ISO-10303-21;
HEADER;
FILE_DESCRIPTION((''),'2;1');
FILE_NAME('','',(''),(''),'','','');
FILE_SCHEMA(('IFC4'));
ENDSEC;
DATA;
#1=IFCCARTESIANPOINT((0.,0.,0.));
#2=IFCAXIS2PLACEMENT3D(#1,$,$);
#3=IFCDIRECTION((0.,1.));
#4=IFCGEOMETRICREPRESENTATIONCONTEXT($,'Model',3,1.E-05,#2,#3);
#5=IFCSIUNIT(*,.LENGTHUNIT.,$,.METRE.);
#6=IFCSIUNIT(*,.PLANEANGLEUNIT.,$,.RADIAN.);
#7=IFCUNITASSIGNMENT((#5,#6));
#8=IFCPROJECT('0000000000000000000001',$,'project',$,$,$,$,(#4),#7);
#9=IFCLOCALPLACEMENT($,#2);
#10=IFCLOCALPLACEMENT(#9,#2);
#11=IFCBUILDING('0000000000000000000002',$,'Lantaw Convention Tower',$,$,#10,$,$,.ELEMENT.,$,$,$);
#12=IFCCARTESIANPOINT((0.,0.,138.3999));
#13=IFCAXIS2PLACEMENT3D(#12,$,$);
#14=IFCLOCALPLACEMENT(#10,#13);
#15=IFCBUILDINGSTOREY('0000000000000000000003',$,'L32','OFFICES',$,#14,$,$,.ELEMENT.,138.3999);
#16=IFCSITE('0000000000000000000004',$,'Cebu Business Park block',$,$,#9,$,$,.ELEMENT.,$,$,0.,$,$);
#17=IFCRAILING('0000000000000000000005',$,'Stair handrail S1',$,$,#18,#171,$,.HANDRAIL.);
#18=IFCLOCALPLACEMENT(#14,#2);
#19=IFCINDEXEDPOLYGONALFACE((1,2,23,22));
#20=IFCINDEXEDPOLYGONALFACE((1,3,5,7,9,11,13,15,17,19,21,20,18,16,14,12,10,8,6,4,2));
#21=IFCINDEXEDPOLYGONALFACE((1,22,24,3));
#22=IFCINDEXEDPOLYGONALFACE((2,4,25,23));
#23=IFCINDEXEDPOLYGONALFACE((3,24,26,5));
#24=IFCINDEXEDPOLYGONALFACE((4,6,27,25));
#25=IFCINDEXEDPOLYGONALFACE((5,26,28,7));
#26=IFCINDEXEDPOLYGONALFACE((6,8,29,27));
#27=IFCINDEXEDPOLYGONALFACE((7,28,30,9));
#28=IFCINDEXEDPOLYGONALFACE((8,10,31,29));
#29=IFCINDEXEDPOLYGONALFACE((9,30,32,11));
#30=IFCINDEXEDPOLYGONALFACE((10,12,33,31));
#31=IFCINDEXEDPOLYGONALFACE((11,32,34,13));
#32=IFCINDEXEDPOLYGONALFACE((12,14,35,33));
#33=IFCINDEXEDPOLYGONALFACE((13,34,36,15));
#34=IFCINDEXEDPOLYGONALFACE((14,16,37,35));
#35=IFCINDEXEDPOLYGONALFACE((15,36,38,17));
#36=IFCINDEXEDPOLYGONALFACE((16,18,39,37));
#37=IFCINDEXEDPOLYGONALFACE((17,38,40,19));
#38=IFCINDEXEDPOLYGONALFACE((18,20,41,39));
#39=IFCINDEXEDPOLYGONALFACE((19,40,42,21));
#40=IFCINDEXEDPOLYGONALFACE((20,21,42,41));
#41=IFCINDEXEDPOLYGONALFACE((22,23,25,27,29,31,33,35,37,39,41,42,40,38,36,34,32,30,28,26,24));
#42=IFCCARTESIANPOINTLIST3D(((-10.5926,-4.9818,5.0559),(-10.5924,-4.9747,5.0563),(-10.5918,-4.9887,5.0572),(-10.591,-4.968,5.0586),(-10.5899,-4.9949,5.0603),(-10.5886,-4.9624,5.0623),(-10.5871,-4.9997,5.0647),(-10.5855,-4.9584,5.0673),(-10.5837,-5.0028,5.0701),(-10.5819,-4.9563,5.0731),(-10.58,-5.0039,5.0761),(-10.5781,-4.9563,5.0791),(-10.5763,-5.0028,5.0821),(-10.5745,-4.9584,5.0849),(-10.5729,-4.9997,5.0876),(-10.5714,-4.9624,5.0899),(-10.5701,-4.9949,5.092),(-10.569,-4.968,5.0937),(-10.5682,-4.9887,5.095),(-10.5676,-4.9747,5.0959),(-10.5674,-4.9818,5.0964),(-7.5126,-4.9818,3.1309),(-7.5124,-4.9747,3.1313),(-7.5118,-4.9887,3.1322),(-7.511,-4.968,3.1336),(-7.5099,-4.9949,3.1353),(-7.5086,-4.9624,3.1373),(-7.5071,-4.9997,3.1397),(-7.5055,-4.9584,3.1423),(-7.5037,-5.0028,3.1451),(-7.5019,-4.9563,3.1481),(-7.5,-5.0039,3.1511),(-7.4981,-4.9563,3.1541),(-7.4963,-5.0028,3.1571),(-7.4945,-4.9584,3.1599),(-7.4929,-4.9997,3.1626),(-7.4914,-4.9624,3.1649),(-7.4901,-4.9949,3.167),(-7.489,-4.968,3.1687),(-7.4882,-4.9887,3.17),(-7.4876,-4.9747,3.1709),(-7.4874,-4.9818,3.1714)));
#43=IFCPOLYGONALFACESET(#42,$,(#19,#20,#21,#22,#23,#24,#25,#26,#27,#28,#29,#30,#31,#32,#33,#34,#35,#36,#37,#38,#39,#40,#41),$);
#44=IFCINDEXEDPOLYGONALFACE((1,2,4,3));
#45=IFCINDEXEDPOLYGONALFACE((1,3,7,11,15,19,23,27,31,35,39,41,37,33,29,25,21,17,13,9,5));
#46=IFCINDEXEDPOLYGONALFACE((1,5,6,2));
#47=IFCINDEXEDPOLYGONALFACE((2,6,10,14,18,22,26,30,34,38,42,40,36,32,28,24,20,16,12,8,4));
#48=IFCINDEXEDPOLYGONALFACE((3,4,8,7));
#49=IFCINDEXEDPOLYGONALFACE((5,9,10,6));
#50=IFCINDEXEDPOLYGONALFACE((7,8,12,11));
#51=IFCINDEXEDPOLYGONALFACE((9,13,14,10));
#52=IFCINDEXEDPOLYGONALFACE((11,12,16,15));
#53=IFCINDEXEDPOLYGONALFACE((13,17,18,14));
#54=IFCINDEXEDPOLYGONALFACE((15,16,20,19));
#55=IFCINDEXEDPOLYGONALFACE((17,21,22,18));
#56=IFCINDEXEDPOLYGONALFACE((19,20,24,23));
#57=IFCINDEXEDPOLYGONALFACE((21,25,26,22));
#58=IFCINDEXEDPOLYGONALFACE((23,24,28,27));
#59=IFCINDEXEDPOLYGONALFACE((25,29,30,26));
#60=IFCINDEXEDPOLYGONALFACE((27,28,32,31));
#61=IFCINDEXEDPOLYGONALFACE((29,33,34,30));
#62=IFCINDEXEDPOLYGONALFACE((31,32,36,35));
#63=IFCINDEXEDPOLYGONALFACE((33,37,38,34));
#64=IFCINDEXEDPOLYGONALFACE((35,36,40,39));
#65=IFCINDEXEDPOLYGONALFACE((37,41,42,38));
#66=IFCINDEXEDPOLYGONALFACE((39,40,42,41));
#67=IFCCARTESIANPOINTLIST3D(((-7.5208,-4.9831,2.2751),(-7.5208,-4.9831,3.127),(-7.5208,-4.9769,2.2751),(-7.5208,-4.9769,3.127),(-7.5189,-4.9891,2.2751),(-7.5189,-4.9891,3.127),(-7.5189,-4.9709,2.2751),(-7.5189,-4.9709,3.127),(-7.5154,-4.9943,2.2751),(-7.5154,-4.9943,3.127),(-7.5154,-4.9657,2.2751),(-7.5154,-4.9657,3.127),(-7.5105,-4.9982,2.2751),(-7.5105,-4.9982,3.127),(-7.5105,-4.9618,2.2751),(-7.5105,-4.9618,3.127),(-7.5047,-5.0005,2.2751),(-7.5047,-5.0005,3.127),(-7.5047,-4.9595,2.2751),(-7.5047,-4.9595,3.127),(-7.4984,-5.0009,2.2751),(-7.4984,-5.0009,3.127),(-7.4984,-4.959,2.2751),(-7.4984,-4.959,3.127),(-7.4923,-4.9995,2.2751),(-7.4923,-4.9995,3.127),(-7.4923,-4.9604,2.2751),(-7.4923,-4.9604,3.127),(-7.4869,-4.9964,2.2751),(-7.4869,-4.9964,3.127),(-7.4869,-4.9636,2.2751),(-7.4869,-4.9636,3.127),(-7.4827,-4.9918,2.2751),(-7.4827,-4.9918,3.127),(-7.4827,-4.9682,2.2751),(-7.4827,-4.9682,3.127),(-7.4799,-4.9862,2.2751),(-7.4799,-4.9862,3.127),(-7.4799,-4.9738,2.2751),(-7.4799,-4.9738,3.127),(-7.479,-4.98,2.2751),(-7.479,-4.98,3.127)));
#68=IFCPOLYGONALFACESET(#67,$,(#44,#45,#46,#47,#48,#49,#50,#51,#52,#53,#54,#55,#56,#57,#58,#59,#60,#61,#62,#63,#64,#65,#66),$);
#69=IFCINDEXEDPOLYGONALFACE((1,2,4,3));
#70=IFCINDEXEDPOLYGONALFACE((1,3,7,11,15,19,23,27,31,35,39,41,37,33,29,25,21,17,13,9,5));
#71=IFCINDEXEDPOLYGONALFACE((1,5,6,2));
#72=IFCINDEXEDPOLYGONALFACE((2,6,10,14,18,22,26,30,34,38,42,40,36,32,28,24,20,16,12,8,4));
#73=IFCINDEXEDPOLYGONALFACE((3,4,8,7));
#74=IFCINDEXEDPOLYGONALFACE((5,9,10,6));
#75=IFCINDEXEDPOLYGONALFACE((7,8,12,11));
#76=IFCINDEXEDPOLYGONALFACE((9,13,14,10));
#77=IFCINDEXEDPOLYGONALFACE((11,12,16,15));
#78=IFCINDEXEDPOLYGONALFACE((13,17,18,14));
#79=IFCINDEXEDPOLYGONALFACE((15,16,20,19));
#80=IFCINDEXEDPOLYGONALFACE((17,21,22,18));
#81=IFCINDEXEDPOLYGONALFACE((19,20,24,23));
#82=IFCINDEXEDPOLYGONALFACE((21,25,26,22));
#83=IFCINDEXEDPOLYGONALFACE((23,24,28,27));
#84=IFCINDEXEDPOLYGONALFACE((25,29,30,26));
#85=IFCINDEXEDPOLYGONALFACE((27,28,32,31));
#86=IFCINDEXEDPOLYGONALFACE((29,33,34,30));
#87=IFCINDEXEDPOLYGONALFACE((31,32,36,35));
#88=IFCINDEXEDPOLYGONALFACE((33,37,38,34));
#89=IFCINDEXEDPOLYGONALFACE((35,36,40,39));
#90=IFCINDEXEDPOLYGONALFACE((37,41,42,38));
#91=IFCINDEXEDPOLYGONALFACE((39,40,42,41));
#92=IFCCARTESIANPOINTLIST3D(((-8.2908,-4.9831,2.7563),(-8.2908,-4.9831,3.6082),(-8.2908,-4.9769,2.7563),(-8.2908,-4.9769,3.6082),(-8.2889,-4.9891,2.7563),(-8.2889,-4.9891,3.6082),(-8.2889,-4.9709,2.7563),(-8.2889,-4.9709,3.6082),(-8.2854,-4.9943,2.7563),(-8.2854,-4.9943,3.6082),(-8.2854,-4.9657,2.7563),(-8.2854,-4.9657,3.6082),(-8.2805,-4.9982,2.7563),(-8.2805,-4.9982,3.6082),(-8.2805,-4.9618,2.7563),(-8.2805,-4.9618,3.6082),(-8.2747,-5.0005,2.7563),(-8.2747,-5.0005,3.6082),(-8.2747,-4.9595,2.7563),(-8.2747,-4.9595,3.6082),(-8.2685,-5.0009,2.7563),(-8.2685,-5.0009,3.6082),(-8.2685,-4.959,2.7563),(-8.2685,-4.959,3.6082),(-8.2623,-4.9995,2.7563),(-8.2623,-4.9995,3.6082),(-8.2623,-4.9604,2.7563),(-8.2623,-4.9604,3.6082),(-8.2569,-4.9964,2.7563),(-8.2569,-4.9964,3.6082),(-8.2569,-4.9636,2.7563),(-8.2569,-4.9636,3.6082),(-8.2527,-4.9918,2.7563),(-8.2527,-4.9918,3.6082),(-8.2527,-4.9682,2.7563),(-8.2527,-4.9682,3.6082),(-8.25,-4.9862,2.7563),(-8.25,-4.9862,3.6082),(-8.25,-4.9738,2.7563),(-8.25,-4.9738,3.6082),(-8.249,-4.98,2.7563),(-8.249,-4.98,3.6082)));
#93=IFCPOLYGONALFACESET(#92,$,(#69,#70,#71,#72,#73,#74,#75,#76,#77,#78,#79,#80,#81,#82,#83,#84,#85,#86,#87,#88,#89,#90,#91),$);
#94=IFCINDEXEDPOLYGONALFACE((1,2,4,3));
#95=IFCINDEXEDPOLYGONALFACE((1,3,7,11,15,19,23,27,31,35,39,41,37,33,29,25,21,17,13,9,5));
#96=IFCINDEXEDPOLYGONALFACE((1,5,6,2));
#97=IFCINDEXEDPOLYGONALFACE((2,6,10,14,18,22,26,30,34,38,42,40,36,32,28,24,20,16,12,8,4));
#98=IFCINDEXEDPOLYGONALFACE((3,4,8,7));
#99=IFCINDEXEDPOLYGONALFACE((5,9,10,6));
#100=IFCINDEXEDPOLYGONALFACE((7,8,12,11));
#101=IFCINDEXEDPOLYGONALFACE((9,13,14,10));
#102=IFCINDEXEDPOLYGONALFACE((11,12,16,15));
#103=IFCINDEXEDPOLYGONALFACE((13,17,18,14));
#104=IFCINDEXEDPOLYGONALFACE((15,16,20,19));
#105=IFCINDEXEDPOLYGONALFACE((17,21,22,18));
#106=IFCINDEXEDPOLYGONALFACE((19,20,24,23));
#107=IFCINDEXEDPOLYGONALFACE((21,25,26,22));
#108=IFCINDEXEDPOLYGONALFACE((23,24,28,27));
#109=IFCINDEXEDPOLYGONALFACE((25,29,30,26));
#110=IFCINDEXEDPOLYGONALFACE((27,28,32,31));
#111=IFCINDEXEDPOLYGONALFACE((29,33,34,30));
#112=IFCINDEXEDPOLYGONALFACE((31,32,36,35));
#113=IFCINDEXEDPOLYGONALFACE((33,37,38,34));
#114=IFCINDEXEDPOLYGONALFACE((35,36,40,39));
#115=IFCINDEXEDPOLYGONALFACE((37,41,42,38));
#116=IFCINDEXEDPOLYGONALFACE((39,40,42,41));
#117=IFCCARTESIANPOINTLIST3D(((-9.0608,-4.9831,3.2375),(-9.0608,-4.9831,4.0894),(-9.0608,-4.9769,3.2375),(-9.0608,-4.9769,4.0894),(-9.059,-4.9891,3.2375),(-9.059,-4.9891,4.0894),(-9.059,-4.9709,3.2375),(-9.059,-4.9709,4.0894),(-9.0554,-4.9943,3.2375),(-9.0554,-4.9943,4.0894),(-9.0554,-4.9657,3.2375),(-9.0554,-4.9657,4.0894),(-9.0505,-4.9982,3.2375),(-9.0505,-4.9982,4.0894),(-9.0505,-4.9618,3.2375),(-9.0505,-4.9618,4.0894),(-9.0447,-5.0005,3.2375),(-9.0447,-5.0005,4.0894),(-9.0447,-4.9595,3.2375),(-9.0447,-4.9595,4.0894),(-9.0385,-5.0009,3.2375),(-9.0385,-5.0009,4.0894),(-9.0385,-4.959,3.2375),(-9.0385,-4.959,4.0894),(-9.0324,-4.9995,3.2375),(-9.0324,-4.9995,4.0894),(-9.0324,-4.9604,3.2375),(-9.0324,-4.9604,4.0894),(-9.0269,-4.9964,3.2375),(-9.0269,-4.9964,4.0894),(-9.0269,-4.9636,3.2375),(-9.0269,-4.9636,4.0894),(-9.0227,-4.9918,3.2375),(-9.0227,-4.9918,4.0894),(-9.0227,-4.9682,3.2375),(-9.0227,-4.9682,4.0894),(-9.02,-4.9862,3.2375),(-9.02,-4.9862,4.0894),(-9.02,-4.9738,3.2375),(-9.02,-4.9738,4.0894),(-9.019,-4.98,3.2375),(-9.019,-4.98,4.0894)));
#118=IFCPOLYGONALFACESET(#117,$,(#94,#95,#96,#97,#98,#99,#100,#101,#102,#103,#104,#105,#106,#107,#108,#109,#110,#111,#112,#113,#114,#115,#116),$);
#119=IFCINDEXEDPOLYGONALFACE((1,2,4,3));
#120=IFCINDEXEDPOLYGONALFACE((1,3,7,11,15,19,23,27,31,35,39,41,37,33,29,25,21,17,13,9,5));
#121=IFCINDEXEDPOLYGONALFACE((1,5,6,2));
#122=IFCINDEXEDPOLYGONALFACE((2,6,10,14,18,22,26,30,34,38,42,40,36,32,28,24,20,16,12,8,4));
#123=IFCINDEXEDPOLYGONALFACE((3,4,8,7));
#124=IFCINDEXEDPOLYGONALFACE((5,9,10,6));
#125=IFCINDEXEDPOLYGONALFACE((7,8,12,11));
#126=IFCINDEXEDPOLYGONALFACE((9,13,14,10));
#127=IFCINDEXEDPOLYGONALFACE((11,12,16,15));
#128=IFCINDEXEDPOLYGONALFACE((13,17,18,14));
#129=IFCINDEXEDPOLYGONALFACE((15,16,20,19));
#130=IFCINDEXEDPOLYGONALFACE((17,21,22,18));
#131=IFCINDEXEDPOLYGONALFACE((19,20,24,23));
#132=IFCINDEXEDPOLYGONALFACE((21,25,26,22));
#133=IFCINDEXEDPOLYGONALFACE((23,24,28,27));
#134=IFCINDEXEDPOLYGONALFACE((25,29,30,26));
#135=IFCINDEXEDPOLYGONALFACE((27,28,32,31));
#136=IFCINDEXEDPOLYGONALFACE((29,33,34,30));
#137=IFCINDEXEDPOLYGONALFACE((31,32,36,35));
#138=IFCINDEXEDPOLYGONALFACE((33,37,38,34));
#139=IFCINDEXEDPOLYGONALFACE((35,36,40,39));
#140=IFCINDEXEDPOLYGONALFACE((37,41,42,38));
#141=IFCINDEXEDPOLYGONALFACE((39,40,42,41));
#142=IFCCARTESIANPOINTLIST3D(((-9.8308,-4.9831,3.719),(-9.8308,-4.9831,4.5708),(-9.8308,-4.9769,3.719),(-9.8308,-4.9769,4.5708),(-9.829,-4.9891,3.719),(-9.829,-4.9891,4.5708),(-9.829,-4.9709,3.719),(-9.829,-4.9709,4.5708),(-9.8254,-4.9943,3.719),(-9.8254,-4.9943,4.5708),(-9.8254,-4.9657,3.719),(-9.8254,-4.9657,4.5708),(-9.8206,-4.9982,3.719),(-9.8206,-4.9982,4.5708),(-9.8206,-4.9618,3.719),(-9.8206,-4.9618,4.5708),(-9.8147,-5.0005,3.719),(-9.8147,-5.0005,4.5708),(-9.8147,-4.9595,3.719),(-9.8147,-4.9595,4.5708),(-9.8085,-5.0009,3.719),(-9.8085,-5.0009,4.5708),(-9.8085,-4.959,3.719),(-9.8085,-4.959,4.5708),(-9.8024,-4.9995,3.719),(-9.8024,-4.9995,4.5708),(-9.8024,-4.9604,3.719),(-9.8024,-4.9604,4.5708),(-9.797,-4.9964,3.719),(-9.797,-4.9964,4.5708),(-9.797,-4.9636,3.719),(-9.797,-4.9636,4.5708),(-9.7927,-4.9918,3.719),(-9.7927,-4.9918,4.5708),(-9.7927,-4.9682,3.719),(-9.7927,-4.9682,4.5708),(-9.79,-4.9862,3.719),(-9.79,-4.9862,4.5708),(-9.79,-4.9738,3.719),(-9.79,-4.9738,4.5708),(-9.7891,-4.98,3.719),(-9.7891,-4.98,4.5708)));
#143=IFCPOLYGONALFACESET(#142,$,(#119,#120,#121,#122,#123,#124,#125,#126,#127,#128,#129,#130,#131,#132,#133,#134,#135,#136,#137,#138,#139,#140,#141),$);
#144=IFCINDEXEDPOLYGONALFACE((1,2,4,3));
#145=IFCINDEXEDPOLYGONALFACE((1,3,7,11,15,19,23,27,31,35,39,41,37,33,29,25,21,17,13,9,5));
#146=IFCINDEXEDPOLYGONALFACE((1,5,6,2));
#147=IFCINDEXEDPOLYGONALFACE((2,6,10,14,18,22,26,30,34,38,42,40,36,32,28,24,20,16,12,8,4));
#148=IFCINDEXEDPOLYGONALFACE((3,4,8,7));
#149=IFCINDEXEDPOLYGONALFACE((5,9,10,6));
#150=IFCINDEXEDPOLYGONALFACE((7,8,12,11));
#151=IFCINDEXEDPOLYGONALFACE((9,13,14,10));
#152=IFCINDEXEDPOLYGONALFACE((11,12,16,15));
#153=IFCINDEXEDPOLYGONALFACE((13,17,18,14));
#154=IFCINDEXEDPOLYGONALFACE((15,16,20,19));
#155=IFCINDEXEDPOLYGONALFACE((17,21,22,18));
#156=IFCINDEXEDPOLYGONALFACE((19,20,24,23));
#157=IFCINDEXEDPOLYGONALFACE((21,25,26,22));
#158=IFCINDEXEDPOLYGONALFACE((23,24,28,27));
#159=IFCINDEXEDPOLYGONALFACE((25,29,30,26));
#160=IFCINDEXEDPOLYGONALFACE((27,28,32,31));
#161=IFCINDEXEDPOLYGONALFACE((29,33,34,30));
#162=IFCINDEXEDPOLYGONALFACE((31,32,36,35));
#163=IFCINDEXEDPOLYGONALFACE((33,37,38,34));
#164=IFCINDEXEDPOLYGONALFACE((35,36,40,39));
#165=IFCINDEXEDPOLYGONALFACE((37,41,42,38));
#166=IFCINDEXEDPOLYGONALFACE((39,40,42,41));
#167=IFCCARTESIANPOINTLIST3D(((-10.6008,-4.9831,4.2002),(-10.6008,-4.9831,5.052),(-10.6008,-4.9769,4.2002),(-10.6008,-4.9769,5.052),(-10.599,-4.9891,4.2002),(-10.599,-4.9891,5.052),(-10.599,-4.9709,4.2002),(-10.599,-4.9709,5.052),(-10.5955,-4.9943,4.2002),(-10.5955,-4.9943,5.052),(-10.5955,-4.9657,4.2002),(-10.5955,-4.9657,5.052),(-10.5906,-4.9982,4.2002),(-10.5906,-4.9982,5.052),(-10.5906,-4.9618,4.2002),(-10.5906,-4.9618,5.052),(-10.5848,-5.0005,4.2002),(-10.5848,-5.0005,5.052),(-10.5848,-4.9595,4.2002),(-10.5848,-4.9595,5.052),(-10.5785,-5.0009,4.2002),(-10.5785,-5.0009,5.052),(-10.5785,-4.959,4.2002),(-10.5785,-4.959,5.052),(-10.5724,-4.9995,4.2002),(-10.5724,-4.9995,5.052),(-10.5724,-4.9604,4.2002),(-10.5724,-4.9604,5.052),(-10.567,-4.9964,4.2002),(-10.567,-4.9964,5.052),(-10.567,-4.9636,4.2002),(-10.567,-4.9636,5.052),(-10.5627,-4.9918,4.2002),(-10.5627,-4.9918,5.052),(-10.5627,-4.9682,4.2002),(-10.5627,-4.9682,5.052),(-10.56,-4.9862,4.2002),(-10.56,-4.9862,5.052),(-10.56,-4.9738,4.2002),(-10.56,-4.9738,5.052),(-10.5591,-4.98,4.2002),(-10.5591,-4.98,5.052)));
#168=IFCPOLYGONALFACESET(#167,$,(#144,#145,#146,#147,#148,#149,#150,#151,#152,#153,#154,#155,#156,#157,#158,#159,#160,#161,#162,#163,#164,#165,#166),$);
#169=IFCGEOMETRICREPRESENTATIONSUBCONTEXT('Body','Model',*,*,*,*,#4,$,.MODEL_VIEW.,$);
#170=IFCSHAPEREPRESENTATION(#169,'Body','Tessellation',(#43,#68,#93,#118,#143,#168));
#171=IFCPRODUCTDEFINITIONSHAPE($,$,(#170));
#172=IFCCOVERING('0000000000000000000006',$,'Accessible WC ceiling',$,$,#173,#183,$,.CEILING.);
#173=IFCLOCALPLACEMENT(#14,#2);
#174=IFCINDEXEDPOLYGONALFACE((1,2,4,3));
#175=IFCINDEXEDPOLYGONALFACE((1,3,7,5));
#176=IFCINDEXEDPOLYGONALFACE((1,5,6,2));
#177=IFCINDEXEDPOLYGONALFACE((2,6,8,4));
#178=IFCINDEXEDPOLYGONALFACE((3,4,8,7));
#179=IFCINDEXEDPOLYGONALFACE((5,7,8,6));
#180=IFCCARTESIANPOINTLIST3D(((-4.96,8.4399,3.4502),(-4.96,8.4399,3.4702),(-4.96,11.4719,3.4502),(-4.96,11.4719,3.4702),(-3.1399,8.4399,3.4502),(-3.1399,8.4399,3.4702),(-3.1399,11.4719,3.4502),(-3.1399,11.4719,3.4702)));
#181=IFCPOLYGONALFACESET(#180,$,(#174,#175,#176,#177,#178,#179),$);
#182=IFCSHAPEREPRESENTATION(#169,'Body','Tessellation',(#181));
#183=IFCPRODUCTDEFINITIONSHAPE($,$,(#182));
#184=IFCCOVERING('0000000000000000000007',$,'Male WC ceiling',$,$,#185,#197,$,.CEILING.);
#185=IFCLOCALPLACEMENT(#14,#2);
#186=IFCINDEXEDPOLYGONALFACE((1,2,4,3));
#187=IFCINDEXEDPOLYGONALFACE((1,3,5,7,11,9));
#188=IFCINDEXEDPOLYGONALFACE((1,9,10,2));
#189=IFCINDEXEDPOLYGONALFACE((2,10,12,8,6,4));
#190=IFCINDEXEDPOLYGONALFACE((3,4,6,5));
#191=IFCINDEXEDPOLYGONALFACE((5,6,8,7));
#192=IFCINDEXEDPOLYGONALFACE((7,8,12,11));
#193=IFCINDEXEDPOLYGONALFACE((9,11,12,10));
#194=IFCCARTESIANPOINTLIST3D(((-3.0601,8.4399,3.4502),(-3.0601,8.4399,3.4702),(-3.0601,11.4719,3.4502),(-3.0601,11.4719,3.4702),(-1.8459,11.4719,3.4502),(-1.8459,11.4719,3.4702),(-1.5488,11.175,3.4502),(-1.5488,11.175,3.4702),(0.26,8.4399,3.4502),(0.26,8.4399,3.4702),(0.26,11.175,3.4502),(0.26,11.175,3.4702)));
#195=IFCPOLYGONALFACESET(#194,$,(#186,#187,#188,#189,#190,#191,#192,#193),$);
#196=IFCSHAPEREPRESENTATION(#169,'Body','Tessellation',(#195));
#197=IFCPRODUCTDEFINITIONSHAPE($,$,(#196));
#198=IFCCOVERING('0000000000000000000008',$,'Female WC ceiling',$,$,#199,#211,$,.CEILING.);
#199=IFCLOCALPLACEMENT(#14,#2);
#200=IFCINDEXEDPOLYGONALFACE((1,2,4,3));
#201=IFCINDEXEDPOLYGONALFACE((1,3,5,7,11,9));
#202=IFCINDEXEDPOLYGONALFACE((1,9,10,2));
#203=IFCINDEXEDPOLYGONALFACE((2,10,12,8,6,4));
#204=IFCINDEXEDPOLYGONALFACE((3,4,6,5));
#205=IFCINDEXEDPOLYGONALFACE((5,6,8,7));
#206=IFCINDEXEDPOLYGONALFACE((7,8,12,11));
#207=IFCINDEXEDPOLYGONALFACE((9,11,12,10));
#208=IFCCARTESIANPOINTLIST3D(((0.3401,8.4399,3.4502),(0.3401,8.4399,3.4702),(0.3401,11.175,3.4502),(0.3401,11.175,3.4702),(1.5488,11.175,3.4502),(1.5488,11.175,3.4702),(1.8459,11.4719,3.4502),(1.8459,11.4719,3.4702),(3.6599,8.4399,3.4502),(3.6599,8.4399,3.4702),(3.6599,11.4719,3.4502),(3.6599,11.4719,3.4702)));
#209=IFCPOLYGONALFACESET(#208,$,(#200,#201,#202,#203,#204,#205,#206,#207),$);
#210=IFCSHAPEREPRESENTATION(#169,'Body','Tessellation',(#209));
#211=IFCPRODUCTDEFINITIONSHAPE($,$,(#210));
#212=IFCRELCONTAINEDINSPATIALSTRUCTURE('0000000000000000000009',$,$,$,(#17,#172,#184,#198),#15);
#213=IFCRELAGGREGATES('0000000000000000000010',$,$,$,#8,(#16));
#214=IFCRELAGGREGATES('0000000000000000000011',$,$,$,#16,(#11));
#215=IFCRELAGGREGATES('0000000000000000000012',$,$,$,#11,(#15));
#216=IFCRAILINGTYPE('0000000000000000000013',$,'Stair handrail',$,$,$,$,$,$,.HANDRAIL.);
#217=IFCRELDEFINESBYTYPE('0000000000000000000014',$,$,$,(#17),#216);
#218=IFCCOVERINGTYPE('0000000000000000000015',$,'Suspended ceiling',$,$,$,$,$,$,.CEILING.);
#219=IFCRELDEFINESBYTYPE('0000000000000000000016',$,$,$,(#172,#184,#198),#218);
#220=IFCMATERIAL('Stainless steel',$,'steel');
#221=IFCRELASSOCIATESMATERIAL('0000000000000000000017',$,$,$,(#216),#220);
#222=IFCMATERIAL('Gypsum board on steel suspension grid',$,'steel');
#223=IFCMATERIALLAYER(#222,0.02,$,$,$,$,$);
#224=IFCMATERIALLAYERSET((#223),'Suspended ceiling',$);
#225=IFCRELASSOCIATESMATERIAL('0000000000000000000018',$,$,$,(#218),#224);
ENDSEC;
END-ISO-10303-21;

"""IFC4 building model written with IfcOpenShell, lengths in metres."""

from ifc_helpers import new_model, si_unit, direction, frame, origin, origin_2d, place, context, subcontext, project, spatial, polyline, circle, outline, extrude, material, layer, layer_set, type_object, element, save


model = new_model("IFC4")

# Units and contexts
model_context = context("Model", 3, precision=1e-05, world=origin(), true_north=direction((0.0, 1.0)))
body_context = subcontext(model_context, "Body", "Model", "MODEL_VIEW")
ifc_project = project(units=[si_unit("LENGTHUNIT", "METRE"), si_unit("PLANEANGLEUNIT", "RADIAN")], contexts=[model_context])

# Site, building, storey
site_placement = place(None, origin())
site = spatial("IfcSite", under=ifc_project, at=site_placement, Name="Cebu Business Park block", CompositionType="ELEMENT", RefElevation=0.0)
building_placement = place(site_placement, origin())
building = spatial("IfcBuilding", under=site, at=building_placement, Name="Lantaw Convention Tower", CompositionType="ELEMENT")
storey_placement = place(building_placement, frame((0.0, 0.0, 138.3999)))
storey = spatial("IfcBuildingStorey", under=building, at=storey_placement, Name="L32", Description="OFFICES", CompositionType="ELEMENT", Elevation=138.3999)

# Railing
ifc_material_1 = material(Name="Stainless steel", Category="steel")
railing_type = type_object("IfcRailingType", Name="Stair handrail", PredefinedType="HANDRAIL", material=ifc_material_1)
railing_1_placement = place(storey_placement, frame((-7.5, -4.98, 2.2751)))
element("IfcRailing", 1, at=railing_1_placement, inside=storey, type_object=railing_type, Name="Stair handrail S1", PredefinedType="HANDRAIL", context=body_context, shape_type="SweptSolid", body=[
    extrude(circle(Radius=0.0239, at=origin_2d()), frame((0.0, 0.0, 0.876), z_axis=(-0.847998, 0.0, 0.529999), x_axis=(0.0, -1.0, 0.0)), (0.0, 0.0, 1.0), 3.6321),
    extrude(circle(Radius=0.021, at=origin_2d()), origin(), (0.0, 0.0, 1.0), 0.8518),
    extrude(circle(Radius=0.021, at=origin_2d()), frame((-0.77, 0.0, 0.4812)), (0.0, 0.0, 1.0), 0.8518),
    extrude(circle(Radius=0.021, at=origin_2d()), frame((-1.54, 0.0, 0.9624)), (0.0, 0.0, 1.0), 0.8518),
    extrude(circle(Radius=0.021, at=origin_2d()), frame((-2.3101, 0.0, 1.4438)), (0.0, 0.0, 1.0), 0.8518),
    extrude(circle(Radius=0.021, at=origin_2d()), frame((-3.0801, 0.0, 1.925)), (0.0, 0.0, 1.0), 0.8518),
])

# Coverings
ifc_material_2 = material(Name="Gypsum board on steel suspension grid", Category="steel")
ifc_layer_1 = layer(ifc_material_2, 0.02)
ifc_layer_set_1 = layer_set([ifc_layer_1], Name="Suspended ceiling")
covering_type = type_object("IfcCoveringType", Name="Suspended ceiling", PredefinedType="CEILING", material=ifc_layer_set_1)
covering_1_placement = place(storey_placement, frame((0.0, 0.0, 3.4502)))
element("IfcCovering", 2, at=covering_1_placement, inside=storey, type_object=covering_type, Name="Accessible WC ceiling", PredefinedType="CEILING", context=body_context, shape_type="SweptSolid", body=[
    extrude(outline(polyline([(-4.96, 8.4399), (-3.1399, 8.4399), (-3.1399, 11.4719), (-4.96, 11.4719), (-4.96, 8.4399)])), origin(), (0.0, 0.0, 1.0), 0.02),
])
covering_2_placement = place(storey_placement, frame((0.0, 0.0, 3.4502)))
element("IfcCovering", 3, at=covering_2_placement, inside=storey, type_object=covering_type, Name="Male WC ceiling", PredefinedType="CEILING", context=body_context, shape_type="SweptSolid", body=[
    extrude(outline(polyline([(-3.0601, 11.4719), (-3.0601, 8.4399), (0.26, 8.4399), (0.26, 11.175), (-1.5488, 11.175), (-1.8459, 11.4719), (-3.0601, 11.4719)])), origin(), (0.0, 0.0, 1.0), 0.02),
])
covering_3_placement = place(storey_placement, frame((0.0, 0.0, 3.4502)))
element("IfcCovering", 4, at=covering_3_placement, inside=storey, type_object=covering_type, Name="Female WC ceiling", PredefinedType="CEILING", context=body_context, shape_type="SweptSolid", body=[
    extrude(outline(polyline([(0.3401, 11.175), (0.3401, 8.4399), (3.6599, 8.4399), (3.6599, 11.4719), (1.8459, 11.4719), (1.5488, 11.175), (0.3401, 11.175)])), origin(), (0.0, 0.0, 1.0), 0.02),
])

save(model, "model.ifc")
